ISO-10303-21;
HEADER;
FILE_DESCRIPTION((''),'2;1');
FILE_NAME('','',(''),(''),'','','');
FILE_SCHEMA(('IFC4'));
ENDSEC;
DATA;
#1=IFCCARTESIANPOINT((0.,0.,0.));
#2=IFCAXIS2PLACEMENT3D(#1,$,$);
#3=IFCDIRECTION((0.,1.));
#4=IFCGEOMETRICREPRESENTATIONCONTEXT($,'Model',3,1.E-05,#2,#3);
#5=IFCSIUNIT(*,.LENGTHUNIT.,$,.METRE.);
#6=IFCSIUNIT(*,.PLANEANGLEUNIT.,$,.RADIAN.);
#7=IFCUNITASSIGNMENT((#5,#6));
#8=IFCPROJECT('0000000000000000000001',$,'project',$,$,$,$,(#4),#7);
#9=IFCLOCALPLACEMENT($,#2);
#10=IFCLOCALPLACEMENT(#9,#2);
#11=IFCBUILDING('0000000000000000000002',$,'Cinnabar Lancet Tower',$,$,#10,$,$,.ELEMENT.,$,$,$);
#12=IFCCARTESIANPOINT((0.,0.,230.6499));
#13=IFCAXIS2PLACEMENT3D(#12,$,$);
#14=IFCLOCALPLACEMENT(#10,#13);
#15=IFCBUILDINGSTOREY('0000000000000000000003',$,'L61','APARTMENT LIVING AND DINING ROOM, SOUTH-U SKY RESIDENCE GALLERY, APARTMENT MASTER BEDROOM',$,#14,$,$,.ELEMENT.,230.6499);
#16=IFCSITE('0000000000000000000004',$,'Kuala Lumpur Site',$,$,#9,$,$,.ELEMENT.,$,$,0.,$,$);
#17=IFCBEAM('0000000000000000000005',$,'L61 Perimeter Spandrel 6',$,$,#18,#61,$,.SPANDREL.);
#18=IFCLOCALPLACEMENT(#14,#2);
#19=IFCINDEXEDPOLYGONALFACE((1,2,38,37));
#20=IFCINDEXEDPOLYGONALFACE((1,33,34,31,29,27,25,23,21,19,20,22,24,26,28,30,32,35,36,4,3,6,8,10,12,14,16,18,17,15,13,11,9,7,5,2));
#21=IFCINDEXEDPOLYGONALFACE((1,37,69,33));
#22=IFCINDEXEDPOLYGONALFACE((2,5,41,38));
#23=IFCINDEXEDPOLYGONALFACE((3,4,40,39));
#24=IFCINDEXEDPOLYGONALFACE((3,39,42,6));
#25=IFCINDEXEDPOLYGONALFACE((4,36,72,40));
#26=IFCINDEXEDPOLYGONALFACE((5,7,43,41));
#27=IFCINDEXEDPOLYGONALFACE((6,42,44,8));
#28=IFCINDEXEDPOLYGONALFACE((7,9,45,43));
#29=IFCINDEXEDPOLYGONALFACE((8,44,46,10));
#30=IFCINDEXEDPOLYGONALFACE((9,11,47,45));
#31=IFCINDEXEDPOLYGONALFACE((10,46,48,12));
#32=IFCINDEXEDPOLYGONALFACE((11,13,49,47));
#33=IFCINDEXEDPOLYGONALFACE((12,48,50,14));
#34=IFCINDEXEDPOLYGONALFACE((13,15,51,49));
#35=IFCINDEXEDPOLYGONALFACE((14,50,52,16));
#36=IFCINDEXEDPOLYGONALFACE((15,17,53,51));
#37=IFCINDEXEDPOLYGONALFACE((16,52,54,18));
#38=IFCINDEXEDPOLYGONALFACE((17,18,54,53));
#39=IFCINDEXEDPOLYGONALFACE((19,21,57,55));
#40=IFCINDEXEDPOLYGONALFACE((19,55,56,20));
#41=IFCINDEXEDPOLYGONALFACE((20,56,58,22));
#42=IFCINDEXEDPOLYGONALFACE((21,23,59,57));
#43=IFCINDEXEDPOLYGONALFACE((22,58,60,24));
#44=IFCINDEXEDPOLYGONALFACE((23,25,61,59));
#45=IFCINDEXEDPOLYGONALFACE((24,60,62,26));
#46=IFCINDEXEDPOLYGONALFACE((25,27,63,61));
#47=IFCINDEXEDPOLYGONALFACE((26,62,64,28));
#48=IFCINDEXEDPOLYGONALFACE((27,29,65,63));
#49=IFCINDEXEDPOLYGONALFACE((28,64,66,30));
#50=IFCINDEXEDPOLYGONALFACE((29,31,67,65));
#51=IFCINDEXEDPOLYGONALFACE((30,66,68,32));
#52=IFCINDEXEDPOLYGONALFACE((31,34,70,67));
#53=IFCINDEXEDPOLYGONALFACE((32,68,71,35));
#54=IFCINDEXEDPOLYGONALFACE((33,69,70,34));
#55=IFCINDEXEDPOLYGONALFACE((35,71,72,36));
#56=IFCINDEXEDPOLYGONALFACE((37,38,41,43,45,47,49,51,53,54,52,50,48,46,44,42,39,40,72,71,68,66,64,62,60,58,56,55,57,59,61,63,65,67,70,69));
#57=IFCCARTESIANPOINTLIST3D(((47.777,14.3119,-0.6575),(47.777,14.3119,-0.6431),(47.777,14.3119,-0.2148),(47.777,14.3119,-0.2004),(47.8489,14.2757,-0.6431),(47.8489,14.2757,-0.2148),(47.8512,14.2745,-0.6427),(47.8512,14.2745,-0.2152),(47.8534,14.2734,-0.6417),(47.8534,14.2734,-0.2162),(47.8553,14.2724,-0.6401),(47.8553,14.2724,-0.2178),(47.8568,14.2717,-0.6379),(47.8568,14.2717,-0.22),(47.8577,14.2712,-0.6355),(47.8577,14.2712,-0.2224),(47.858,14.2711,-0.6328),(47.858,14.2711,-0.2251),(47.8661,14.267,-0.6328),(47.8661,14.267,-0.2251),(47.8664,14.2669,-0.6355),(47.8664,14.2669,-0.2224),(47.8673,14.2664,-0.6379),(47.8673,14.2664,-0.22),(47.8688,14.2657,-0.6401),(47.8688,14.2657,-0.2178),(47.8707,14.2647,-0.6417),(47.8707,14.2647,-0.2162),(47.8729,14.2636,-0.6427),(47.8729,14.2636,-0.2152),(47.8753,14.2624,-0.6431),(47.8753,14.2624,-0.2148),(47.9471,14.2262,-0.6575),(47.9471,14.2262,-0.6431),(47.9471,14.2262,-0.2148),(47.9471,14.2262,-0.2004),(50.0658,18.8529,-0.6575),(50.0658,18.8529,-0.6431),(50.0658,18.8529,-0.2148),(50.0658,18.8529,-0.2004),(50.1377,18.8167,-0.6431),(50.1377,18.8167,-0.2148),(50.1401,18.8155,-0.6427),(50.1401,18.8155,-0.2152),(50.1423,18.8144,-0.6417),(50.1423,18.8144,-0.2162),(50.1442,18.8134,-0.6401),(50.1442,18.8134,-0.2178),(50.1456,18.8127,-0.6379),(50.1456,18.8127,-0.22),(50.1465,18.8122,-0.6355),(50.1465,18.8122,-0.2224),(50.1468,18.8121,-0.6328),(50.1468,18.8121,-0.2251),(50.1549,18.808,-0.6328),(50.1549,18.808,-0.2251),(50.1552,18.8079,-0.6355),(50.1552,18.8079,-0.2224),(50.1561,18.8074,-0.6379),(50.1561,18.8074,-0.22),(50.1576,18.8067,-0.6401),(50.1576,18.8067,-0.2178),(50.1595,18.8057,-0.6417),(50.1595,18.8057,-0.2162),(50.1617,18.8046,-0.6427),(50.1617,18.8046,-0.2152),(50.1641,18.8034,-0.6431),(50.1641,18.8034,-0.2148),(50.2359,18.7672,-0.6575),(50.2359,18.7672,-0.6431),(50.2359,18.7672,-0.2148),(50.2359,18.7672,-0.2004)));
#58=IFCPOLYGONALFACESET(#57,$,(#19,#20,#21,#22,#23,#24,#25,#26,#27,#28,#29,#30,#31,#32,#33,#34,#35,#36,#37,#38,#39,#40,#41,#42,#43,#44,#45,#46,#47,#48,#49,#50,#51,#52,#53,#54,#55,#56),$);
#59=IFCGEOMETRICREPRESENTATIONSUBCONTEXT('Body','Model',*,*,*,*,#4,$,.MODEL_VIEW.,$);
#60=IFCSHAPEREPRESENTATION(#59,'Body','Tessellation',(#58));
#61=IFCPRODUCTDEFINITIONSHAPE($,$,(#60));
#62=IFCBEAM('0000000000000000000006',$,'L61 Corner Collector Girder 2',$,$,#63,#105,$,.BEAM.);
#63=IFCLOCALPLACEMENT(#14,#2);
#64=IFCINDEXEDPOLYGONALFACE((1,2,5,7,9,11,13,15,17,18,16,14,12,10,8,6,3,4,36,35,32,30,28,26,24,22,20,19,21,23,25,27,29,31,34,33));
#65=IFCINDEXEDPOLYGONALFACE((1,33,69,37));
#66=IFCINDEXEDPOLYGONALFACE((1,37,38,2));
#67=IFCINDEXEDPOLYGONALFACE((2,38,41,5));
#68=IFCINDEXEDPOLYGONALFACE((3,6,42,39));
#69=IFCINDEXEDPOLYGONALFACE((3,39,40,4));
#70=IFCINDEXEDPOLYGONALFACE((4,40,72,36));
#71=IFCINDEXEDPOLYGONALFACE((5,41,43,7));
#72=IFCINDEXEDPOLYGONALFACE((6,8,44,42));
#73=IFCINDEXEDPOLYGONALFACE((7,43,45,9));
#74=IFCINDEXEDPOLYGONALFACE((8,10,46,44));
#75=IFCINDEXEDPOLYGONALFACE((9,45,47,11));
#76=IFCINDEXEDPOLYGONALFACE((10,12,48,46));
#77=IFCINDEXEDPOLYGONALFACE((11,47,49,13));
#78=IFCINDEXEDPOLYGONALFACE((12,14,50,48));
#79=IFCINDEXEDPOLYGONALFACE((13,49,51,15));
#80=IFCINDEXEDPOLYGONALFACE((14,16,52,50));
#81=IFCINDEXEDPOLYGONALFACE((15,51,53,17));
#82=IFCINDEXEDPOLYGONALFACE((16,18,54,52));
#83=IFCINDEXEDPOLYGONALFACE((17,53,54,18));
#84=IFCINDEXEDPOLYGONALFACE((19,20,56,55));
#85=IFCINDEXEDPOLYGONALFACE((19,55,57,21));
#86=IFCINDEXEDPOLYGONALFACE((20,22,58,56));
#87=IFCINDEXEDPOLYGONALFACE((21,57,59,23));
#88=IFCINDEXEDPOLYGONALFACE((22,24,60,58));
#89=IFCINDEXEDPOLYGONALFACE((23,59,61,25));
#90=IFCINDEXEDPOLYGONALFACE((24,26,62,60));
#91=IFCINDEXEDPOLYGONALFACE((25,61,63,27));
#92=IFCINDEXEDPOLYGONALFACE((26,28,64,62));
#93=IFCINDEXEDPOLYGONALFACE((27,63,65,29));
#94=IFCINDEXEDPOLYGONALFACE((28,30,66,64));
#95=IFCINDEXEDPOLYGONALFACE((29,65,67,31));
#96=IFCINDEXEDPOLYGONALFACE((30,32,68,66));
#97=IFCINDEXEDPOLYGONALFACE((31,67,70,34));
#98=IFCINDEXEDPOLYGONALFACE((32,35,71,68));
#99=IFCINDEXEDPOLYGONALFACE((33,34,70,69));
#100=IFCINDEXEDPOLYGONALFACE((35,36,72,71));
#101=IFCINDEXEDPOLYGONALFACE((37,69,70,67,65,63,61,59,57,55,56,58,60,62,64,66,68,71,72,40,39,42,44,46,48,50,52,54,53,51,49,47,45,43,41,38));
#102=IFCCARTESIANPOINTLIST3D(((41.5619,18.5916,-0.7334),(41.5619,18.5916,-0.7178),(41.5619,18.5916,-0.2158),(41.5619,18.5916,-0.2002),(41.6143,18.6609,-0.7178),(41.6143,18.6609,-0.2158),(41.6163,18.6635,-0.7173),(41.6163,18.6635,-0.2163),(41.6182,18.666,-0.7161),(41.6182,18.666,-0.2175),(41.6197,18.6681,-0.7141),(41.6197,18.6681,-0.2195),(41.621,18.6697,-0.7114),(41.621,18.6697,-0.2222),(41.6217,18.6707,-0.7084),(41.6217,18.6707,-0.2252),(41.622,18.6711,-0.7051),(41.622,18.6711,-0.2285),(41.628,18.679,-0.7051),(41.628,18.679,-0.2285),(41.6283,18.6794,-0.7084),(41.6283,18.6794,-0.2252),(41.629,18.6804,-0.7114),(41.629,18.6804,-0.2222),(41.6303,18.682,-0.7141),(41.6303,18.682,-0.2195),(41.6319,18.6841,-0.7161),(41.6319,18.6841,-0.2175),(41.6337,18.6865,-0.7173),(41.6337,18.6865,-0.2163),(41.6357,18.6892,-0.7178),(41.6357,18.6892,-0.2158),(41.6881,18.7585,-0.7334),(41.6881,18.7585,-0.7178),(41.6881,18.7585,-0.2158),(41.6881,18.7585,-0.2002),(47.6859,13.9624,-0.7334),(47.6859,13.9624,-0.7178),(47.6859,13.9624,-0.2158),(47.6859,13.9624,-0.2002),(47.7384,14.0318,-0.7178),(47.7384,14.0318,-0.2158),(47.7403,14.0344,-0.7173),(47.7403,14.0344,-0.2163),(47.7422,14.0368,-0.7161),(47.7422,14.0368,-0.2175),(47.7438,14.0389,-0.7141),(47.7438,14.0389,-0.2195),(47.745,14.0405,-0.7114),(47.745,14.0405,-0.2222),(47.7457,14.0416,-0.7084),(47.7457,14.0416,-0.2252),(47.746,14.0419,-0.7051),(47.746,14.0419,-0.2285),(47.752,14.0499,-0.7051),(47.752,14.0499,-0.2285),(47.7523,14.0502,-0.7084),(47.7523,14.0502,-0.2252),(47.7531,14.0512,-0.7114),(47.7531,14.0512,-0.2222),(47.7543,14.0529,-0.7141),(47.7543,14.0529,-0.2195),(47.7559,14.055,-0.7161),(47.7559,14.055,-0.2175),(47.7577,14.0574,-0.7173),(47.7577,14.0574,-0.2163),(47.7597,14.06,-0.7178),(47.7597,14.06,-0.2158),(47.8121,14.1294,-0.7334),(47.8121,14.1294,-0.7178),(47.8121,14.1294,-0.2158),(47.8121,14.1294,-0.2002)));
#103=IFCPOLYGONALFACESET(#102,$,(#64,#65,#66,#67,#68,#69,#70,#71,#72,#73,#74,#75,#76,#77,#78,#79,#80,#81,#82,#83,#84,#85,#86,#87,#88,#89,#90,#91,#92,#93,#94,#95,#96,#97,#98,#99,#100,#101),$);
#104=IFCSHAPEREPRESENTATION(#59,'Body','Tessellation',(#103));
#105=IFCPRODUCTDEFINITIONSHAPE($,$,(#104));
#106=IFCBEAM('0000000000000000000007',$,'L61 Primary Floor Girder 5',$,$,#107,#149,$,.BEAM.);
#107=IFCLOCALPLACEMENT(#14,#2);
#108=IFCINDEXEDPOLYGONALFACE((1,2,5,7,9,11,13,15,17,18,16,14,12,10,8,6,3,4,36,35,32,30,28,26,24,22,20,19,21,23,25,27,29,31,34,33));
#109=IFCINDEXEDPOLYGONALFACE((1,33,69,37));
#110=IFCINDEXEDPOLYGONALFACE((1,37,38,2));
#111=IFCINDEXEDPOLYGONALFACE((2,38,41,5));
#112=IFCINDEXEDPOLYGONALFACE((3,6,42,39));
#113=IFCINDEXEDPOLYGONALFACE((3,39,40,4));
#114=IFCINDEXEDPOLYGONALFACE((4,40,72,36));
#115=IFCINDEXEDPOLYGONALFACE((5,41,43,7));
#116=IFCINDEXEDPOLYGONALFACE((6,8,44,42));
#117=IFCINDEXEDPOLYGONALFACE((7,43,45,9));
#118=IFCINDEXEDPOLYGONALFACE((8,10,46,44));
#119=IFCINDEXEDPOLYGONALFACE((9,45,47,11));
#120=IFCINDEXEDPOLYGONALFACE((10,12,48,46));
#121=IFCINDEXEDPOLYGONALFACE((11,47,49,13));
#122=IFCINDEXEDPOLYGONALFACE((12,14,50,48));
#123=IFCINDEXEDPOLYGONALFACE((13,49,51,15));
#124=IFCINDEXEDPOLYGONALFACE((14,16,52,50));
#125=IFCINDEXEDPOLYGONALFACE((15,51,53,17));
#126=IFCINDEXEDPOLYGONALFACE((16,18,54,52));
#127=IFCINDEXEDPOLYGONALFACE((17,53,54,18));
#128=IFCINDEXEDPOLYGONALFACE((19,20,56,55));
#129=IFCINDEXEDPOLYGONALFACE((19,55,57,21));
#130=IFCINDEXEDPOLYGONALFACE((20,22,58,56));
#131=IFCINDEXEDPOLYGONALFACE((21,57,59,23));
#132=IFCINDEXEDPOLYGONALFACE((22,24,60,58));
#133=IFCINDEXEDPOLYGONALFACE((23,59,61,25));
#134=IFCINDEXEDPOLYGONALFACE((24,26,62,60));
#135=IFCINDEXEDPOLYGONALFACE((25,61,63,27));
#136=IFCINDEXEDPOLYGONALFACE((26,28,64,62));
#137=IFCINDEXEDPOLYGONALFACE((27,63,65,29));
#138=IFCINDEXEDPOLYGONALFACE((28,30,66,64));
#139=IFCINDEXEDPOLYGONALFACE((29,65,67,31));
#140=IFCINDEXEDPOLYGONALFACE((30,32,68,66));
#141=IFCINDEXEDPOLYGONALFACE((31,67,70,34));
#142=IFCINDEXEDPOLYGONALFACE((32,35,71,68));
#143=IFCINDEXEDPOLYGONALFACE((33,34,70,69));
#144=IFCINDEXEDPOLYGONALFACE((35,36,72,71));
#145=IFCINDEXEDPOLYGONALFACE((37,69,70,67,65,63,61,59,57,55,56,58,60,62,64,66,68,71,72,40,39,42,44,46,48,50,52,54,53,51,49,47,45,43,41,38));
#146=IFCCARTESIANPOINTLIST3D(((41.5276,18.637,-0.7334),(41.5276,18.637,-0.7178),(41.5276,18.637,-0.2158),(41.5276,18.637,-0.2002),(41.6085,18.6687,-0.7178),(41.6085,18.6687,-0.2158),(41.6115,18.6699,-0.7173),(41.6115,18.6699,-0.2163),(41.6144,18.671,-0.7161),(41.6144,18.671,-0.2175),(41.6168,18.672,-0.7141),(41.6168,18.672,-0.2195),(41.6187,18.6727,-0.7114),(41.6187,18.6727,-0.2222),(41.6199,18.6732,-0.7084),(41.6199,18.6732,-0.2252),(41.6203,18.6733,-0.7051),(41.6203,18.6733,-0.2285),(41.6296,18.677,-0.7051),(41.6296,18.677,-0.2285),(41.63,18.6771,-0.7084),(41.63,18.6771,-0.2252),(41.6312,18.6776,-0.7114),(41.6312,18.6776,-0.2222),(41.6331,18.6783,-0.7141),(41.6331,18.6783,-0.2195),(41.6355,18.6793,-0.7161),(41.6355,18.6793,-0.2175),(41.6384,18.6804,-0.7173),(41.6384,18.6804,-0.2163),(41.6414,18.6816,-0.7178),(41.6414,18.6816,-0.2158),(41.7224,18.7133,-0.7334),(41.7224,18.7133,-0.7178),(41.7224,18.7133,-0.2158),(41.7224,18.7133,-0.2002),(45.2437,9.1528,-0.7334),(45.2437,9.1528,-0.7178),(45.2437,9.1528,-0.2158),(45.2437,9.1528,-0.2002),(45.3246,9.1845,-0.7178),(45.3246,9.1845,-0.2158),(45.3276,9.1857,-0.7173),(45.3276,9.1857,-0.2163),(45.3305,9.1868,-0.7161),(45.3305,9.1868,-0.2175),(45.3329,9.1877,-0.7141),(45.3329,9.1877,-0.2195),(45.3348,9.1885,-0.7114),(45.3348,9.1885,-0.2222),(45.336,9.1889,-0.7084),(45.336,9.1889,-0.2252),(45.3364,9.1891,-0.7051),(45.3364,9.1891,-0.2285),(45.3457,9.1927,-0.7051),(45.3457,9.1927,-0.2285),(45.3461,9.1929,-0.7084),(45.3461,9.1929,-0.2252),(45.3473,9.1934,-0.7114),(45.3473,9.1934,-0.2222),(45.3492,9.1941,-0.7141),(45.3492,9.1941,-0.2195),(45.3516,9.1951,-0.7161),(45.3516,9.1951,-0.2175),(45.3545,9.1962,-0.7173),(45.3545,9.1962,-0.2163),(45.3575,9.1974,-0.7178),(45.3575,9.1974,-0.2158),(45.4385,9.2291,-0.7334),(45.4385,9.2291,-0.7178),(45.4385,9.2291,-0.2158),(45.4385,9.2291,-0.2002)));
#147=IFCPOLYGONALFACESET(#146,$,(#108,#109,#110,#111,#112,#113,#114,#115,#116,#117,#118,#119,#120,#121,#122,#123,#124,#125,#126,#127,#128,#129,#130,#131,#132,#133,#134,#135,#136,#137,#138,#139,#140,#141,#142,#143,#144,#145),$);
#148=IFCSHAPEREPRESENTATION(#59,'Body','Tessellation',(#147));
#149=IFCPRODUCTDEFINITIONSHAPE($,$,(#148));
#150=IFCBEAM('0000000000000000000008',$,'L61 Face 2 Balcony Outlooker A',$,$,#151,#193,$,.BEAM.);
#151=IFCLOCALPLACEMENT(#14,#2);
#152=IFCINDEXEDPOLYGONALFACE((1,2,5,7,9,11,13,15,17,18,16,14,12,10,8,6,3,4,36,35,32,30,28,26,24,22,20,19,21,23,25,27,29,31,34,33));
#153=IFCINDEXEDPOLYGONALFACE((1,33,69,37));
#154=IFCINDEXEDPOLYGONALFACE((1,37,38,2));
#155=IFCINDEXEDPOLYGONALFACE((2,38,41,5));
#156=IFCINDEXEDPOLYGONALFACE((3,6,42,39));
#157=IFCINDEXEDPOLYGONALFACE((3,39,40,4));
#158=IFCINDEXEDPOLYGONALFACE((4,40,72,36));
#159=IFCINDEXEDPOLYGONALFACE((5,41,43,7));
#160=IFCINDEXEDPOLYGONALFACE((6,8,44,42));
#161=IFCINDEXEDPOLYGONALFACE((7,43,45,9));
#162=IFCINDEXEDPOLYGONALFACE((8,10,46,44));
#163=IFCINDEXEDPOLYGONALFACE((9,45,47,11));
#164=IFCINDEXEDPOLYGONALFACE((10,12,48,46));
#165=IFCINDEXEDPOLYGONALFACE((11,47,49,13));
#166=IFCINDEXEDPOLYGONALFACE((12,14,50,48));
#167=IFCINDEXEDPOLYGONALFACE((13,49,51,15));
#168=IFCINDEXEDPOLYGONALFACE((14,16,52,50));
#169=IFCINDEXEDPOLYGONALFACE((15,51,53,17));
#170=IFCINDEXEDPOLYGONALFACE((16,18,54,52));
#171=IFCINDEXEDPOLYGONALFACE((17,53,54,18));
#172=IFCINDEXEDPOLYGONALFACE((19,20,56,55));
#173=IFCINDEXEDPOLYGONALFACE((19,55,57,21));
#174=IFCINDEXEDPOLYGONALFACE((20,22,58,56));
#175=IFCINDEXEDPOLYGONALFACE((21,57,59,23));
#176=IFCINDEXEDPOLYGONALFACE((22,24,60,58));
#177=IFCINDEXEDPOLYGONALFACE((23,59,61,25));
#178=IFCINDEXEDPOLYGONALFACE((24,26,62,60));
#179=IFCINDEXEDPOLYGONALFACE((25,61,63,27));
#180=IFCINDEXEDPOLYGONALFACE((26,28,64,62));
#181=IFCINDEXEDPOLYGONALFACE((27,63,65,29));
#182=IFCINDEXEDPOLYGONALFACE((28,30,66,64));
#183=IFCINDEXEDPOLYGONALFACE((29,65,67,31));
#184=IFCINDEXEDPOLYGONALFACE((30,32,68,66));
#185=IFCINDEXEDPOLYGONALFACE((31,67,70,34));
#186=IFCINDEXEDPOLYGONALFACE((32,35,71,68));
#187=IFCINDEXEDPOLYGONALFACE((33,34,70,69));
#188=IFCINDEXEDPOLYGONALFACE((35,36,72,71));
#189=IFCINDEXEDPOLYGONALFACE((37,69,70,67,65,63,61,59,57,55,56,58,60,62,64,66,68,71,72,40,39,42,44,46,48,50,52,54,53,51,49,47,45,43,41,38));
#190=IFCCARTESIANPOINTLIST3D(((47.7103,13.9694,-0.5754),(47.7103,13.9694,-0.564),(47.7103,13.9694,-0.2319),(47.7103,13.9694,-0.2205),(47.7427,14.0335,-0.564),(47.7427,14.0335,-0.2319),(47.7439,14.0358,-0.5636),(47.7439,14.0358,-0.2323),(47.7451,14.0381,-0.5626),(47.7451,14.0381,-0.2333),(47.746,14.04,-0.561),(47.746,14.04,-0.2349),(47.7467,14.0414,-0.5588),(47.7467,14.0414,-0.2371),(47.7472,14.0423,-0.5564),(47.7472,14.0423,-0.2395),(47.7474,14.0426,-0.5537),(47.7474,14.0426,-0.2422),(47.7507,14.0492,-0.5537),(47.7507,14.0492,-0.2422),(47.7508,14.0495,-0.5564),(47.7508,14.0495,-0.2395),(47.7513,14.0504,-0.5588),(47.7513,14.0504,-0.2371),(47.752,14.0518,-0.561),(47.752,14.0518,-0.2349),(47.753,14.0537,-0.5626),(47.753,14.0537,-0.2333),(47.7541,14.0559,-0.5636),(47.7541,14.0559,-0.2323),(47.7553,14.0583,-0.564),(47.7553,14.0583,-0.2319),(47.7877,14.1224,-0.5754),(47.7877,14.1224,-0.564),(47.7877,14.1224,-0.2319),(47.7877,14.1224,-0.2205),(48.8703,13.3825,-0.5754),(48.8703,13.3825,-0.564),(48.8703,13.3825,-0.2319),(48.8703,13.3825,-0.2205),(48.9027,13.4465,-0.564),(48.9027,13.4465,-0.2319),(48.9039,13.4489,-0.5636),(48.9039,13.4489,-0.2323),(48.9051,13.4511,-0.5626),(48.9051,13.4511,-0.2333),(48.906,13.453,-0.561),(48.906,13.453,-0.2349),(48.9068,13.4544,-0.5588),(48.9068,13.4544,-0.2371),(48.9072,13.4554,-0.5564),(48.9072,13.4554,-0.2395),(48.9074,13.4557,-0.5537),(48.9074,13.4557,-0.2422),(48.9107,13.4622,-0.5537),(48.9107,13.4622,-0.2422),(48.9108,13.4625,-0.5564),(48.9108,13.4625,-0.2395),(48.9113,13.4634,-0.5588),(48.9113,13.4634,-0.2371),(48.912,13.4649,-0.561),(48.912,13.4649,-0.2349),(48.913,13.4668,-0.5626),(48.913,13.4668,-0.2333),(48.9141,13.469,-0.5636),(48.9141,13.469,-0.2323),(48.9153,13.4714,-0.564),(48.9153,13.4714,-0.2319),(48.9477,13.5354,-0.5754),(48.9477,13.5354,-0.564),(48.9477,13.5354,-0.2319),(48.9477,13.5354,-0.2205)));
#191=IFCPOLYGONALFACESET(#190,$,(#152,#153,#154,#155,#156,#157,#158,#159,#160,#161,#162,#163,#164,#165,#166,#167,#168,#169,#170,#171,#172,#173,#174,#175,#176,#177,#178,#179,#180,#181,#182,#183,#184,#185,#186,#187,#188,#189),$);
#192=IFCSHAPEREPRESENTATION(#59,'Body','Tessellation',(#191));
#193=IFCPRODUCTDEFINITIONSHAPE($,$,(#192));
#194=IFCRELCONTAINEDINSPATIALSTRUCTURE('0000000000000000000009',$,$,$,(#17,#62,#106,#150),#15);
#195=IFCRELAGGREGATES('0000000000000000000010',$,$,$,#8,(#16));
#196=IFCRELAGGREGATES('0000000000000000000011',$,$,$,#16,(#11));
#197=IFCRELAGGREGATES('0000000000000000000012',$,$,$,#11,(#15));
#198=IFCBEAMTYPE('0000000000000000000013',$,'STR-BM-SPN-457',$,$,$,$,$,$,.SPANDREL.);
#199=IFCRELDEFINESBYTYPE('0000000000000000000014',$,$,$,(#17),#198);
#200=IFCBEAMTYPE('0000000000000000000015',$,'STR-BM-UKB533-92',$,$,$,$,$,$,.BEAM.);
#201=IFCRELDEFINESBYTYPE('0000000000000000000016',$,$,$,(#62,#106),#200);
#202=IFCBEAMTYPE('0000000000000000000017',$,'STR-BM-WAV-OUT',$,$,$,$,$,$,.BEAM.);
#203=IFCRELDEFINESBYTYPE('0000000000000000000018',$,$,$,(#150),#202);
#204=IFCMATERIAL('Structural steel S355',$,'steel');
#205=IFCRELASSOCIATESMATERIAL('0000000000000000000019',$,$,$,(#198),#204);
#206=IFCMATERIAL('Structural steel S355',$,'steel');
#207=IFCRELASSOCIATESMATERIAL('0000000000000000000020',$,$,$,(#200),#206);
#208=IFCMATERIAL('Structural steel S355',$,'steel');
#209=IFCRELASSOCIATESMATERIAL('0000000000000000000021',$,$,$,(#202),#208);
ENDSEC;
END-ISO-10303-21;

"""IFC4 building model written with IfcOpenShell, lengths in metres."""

from ifc_helpers import new_model, si_unit, direction, frame, origin, origin_2d, place, context, subcontext, project, spatial, i_section, extrude, material, material_profile, profile_set, type_object, element, save


model = new_model("IFC4")

# Units and contexts
model_context = context("Model", 3, precision=1e-05, world=origin(), true_north=direction((0.0, 1.0)))
body_context = subcontext(model_context, "Body", "Model", "MODEL_VIEW")
ifc_project = project(units=[si_unit("LENGTHUNIT", "METRE"), si_unit("PLANEANGLEUNIT", "RADIAN")], contexts=[model_context])

# Site, building, storey
site_placement = place(None, origin())
site = spatial("IfcSite", under=ifc_project, at=site_placement, Name="Kuala Lumpur Site", CompositionType="ELEMENT", RefElevation=0.0)
building_placement = place(site_placement, origin())
building = spatial("IfcBuilding", under=site, at=building_placement, Name="Cinnabar Lancet Tower", CompositionType="ELEMENT")
storey_placement = place(building_placement, frame((0.0, 0.0, 230.6499)))
storey = spatial("IfcBuildingStorey", under=building, at=storey_placement, Name="L61", Description="APARTMENT LIVING AND DINING ROOM, SOUTH-U SKY RESIDENCE GALLERY, APARTMENT MASTER BEDROOM", CompositionType="ELEMENT", Elevation=230.6499)

# Beams
ifc_material_1 = material(Name="Structural steel S355", Category="steel")
ifc_material_profile_1 = material_profile(ifc_material_1, i_section(OverallWidth=0.1904, OverallDepth=0.457, WebThickness=0.009, FlangeThickness=0.0144, FilletRadius=0.0103, at=origin_2d()), Name="UKB 457x191x74")
ifc_profile_set_1 = profile_set([ifc_material_profile_1], Name="Structural steel S355")
beam_type_1 = type_object("IfcBeamType", Name="STR-BM-SPN-457", PredefinedType="SPANDREL", material=ifc_profile_set_1)
beam_1_placement = place(storey_placement, frame((47.8621, 14.269, -0.429), z_axis=(0.450092, 0.892982, 0.0), x_axis=(-0.892982, 0.450092, 0.0)))
element("IfcBeam", 1, at=beam_1_placement, inside=storey, type_object=beam_type_1, Name="L61 Perimeter Spandrel 6", PredefinedType="SPANDREL", context=body_context, shape_type="SweptSolid", body=[
    extrude(i_section(OverallWidth=0.1904, OverallDepth=0.457, WebThickness=0.009, FlangeThickness=0.0144, FilletRadius=0.0103, at=origin_2d()), origin(), (0.0, 0.0, 1.0), 5.0852),
])
ifc_material_2 = material(Name="Structural steel S355", Category="steel")
ifc_material_profile_2 = material_profile(ifc_material_2, i_section(OverallWidth=0.2092, OverallDepth=0.5332, WebThickness=0.01, FlangeThickness=0.0156, FilletRadius=0.0127, at=origin_2d()), Name="UKB 533x210x92")
ifc_profile_set_2 = profile_set([ifc_material_profile_2], Name="Structural steel S355")
beam_type_2 = type_object("IfcBeamType", Name="STR-BM-UKB533-92", PredefinedType="BEAM", material=ifc_profile_set_2)
beam_2_placement = place(storey_placement, frame((47.749, 14.0459, -0.4668), z_axis=(-0.797735, 0.603008, 0.0), x_axis=(-0.603008, -0.797735, 0.0)))
element("IfcBeam", 2, at=beam_2_placement, inside=storey, type_object=beam_type_2, Name="L61 Corner Collector Girder 2", PredefinedType="BEAM", context=body_context, shape_type="SweptSolid", body=[
    extrude(i_section(OverallWidth=0.2092, OverallDepth=0.5332, WebThickness=0.01, FlangeThickness=0.0156, FilletRadius=0.0127, at=origin_2d()), origin(), (0.0, 0.0, 1.0), 7.6768),
])
beam_3_placement = place(storey_placement, frame((45.3411, 9.1909, -0.4668), z_axis=(-0.364815, 0.93108, 0.0), x_axis=(-0.93108, -0.364815, 0.0)))
element("IfcBeam", 3, at=beam_3_placement, inside=storey, type_object=beam_type_2, Name="L61 Primary Floor Girder 5", PredefinedType="BEAM", context=body_context, shape_type="SweptSolid", body=[
    extrude(i_section(OverallWidth=0.2092, OverallDepth=0.5332, WebThickness=0.01, FlangeThickness=0.0156, FilletRadius=0.0127, at=origin_2d()), origin(), (0.0, 0.0, 1.0), 10.1863),
])
ifc_material_3 = material(Name="Structural steel S355", Category="steel")
ifc_material_profile_3 = material_profile(ifc_material_3, i_section(OverallWidth=0.1714, OverallDepth=0.355, WebThickness=0.0073, FlangeThickness=0.0115, FilletRadius=0.0103, at=origin_2d()), Name="UKB 356x171x51")
ifc_profile_set_3 = profile_set([ifc_material_profile_3], Name="Structural steel S355")
beam_type_3 = type_object("IfcBeamType", Name="STR-BM-WAV-OUT", PredefinedType="BEAM", material=ifc_profile_set_3)
beam_4_placement = place(storey_placement, frame((47.749, 14.0459, -0.3979), z_axis=(0.892276, -0.45149, 0.0), x_axis=(0.45149, 0.892276, 0.0)))
element("IfcBeam", 4, at=beam_4_placement, inside=storey, type_object=beam_type_3, Name="L61 Face 2 Balcony Outlooker A", PredefinedType="BEAM", context=body_context, shape_type="SweptSolid", body=[
    extrude(i_section(OverallWidth=0.1714, OverallDepth=0.355, WebThickness=0.0073, FlangeThickness=0.0115, FilletRadius=0.0103, at=origin_2d()), origin(), (0.0, 0.0, 1.0), 1.3),
])

save(model, "model.ifc")
